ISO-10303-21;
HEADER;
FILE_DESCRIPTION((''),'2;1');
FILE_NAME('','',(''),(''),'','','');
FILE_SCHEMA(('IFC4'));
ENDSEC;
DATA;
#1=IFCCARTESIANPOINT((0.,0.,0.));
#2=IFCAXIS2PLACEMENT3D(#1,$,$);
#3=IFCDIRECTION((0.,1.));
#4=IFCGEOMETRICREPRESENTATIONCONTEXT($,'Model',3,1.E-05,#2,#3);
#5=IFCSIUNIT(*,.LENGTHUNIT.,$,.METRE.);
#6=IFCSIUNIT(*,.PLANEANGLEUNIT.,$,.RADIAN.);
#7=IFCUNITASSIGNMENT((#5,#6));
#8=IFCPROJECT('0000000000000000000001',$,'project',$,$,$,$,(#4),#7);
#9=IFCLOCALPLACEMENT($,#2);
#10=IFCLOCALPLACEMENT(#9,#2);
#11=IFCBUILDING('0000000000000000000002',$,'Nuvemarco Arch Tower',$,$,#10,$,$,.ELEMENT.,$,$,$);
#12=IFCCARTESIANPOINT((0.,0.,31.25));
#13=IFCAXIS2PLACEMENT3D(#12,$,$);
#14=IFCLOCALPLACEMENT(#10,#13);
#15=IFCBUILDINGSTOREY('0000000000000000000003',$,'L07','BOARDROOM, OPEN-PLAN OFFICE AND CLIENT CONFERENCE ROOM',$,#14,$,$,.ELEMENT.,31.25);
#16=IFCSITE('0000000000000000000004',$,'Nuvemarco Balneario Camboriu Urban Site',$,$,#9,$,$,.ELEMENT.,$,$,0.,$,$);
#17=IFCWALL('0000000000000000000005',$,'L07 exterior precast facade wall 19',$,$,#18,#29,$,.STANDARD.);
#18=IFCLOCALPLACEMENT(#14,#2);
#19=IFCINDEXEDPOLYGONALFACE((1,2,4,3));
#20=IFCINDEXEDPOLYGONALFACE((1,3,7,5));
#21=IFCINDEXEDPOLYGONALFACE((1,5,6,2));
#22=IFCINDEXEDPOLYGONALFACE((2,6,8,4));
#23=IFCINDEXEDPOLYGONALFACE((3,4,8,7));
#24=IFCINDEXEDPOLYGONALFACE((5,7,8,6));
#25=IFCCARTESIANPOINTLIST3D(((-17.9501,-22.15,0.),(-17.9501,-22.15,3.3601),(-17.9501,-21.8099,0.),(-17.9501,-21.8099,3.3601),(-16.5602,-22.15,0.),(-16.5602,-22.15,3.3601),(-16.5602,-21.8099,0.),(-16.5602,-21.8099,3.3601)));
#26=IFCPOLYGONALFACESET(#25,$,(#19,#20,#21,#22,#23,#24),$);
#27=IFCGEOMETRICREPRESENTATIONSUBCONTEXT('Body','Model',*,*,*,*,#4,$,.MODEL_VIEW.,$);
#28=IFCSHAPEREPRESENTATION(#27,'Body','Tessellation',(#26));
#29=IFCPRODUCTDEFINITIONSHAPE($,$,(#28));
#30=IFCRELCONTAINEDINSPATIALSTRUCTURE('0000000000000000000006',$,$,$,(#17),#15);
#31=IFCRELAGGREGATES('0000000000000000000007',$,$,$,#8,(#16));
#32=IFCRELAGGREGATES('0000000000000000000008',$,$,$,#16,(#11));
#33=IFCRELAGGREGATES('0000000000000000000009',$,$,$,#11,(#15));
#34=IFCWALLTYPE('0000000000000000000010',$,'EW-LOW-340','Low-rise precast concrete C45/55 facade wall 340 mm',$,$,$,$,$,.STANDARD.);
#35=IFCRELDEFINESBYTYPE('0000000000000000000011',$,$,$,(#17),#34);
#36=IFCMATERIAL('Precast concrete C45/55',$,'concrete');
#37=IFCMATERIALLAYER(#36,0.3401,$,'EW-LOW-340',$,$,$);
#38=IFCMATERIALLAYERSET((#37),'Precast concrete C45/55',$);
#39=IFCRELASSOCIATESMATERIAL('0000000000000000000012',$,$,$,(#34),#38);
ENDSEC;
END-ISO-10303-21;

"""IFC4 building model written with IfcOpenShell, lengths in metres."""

from ifc_helpers import new_model, si_unit, direction, frame, frame_2d, origin, place, context, subcontext, project, spatial, rectangle, extrude, material, layer, layer_set, type_object, element, save


model = new_model("IFC4")

# Units and contexts
model_context = context("Model", 3, precision=1e-05, world=origin(), true_north=direction((0.0, 1.0)))
body_context = subcontext(model_context, "Body", "Model", "MODEL_VIEW")
ifc_project = project(units=[si_unit("LENGTHUNIT", "METRE"), si_unit("PLANEANGLEUNIT", "RADIAN")], contexts=[model_context])

# Site, building, storey
site_placement = place(None, origin())
site = spatial("IfcSite", under=ifc_project, at=site_placement, Name="Nuvemarco Balneario Camboriu Urban Site", CompositionType="ELEMENT", RefElevation=0.0)
building_placement = place(site_placement, origin())
building = spatial("IfcBuilding", under=site, at=building_placement, Name="Nuvemarco Arch Tower", CompositionType="ELEMENT")
storey_placement = place(building_placement, frame((0.0, 0.0, 31.25)))
storey = spatial("IfcBuildingStorey", under=building, at=storey_placement, Name="L07", Description="BOARDROOM, OPEN-PLAN OFFICE AND CLIENT CONFERENCE ROOM", CompositionType="ELEMENT", Elevation=31.25)

# Shared definitions
ifc_material_1 = material(Name="Precast concrete C45/55", Category="concrete")

# Shared definitions
ifc_layer_1 = layer(ifc_material_1, 0.3401, Name="EW-LOW-340")
ifc_layer_set_1 = layer_set([ifc_layer_1], Name="Precast concrete C45/55")
wall_type = type_object("IfcWallType", Name="EW-LOW-340", Description="Low-rise precast concrete C45/55 facade wall 340 mm", PredefinedType="STANDARD", material=ifc_layer_set_1)

# Wall
wall_1_placement = place(storey_placement, frame((-17.95, -21.98, 0.0), z_axis=(0.0, 0.0, 1.0), x_axis=(1.0, 0.0, 0.0)))
element("IfcWall", 1, at=wall_1_placement, inside=storey, type_object=wall_type, Name="L07 exterior precast facade wall 19", PredefinedType="STANDARD", context=body_context, shape_type="SweptSolid", body=[
    extrude(rectangle(XDim=1.3899, YDim=0.3401, at=frame_2d((0.6948, 0.0))), origin(), (0.0, 0.0, 1.0), 3.3601),
])

save(model, "model.ifc")
